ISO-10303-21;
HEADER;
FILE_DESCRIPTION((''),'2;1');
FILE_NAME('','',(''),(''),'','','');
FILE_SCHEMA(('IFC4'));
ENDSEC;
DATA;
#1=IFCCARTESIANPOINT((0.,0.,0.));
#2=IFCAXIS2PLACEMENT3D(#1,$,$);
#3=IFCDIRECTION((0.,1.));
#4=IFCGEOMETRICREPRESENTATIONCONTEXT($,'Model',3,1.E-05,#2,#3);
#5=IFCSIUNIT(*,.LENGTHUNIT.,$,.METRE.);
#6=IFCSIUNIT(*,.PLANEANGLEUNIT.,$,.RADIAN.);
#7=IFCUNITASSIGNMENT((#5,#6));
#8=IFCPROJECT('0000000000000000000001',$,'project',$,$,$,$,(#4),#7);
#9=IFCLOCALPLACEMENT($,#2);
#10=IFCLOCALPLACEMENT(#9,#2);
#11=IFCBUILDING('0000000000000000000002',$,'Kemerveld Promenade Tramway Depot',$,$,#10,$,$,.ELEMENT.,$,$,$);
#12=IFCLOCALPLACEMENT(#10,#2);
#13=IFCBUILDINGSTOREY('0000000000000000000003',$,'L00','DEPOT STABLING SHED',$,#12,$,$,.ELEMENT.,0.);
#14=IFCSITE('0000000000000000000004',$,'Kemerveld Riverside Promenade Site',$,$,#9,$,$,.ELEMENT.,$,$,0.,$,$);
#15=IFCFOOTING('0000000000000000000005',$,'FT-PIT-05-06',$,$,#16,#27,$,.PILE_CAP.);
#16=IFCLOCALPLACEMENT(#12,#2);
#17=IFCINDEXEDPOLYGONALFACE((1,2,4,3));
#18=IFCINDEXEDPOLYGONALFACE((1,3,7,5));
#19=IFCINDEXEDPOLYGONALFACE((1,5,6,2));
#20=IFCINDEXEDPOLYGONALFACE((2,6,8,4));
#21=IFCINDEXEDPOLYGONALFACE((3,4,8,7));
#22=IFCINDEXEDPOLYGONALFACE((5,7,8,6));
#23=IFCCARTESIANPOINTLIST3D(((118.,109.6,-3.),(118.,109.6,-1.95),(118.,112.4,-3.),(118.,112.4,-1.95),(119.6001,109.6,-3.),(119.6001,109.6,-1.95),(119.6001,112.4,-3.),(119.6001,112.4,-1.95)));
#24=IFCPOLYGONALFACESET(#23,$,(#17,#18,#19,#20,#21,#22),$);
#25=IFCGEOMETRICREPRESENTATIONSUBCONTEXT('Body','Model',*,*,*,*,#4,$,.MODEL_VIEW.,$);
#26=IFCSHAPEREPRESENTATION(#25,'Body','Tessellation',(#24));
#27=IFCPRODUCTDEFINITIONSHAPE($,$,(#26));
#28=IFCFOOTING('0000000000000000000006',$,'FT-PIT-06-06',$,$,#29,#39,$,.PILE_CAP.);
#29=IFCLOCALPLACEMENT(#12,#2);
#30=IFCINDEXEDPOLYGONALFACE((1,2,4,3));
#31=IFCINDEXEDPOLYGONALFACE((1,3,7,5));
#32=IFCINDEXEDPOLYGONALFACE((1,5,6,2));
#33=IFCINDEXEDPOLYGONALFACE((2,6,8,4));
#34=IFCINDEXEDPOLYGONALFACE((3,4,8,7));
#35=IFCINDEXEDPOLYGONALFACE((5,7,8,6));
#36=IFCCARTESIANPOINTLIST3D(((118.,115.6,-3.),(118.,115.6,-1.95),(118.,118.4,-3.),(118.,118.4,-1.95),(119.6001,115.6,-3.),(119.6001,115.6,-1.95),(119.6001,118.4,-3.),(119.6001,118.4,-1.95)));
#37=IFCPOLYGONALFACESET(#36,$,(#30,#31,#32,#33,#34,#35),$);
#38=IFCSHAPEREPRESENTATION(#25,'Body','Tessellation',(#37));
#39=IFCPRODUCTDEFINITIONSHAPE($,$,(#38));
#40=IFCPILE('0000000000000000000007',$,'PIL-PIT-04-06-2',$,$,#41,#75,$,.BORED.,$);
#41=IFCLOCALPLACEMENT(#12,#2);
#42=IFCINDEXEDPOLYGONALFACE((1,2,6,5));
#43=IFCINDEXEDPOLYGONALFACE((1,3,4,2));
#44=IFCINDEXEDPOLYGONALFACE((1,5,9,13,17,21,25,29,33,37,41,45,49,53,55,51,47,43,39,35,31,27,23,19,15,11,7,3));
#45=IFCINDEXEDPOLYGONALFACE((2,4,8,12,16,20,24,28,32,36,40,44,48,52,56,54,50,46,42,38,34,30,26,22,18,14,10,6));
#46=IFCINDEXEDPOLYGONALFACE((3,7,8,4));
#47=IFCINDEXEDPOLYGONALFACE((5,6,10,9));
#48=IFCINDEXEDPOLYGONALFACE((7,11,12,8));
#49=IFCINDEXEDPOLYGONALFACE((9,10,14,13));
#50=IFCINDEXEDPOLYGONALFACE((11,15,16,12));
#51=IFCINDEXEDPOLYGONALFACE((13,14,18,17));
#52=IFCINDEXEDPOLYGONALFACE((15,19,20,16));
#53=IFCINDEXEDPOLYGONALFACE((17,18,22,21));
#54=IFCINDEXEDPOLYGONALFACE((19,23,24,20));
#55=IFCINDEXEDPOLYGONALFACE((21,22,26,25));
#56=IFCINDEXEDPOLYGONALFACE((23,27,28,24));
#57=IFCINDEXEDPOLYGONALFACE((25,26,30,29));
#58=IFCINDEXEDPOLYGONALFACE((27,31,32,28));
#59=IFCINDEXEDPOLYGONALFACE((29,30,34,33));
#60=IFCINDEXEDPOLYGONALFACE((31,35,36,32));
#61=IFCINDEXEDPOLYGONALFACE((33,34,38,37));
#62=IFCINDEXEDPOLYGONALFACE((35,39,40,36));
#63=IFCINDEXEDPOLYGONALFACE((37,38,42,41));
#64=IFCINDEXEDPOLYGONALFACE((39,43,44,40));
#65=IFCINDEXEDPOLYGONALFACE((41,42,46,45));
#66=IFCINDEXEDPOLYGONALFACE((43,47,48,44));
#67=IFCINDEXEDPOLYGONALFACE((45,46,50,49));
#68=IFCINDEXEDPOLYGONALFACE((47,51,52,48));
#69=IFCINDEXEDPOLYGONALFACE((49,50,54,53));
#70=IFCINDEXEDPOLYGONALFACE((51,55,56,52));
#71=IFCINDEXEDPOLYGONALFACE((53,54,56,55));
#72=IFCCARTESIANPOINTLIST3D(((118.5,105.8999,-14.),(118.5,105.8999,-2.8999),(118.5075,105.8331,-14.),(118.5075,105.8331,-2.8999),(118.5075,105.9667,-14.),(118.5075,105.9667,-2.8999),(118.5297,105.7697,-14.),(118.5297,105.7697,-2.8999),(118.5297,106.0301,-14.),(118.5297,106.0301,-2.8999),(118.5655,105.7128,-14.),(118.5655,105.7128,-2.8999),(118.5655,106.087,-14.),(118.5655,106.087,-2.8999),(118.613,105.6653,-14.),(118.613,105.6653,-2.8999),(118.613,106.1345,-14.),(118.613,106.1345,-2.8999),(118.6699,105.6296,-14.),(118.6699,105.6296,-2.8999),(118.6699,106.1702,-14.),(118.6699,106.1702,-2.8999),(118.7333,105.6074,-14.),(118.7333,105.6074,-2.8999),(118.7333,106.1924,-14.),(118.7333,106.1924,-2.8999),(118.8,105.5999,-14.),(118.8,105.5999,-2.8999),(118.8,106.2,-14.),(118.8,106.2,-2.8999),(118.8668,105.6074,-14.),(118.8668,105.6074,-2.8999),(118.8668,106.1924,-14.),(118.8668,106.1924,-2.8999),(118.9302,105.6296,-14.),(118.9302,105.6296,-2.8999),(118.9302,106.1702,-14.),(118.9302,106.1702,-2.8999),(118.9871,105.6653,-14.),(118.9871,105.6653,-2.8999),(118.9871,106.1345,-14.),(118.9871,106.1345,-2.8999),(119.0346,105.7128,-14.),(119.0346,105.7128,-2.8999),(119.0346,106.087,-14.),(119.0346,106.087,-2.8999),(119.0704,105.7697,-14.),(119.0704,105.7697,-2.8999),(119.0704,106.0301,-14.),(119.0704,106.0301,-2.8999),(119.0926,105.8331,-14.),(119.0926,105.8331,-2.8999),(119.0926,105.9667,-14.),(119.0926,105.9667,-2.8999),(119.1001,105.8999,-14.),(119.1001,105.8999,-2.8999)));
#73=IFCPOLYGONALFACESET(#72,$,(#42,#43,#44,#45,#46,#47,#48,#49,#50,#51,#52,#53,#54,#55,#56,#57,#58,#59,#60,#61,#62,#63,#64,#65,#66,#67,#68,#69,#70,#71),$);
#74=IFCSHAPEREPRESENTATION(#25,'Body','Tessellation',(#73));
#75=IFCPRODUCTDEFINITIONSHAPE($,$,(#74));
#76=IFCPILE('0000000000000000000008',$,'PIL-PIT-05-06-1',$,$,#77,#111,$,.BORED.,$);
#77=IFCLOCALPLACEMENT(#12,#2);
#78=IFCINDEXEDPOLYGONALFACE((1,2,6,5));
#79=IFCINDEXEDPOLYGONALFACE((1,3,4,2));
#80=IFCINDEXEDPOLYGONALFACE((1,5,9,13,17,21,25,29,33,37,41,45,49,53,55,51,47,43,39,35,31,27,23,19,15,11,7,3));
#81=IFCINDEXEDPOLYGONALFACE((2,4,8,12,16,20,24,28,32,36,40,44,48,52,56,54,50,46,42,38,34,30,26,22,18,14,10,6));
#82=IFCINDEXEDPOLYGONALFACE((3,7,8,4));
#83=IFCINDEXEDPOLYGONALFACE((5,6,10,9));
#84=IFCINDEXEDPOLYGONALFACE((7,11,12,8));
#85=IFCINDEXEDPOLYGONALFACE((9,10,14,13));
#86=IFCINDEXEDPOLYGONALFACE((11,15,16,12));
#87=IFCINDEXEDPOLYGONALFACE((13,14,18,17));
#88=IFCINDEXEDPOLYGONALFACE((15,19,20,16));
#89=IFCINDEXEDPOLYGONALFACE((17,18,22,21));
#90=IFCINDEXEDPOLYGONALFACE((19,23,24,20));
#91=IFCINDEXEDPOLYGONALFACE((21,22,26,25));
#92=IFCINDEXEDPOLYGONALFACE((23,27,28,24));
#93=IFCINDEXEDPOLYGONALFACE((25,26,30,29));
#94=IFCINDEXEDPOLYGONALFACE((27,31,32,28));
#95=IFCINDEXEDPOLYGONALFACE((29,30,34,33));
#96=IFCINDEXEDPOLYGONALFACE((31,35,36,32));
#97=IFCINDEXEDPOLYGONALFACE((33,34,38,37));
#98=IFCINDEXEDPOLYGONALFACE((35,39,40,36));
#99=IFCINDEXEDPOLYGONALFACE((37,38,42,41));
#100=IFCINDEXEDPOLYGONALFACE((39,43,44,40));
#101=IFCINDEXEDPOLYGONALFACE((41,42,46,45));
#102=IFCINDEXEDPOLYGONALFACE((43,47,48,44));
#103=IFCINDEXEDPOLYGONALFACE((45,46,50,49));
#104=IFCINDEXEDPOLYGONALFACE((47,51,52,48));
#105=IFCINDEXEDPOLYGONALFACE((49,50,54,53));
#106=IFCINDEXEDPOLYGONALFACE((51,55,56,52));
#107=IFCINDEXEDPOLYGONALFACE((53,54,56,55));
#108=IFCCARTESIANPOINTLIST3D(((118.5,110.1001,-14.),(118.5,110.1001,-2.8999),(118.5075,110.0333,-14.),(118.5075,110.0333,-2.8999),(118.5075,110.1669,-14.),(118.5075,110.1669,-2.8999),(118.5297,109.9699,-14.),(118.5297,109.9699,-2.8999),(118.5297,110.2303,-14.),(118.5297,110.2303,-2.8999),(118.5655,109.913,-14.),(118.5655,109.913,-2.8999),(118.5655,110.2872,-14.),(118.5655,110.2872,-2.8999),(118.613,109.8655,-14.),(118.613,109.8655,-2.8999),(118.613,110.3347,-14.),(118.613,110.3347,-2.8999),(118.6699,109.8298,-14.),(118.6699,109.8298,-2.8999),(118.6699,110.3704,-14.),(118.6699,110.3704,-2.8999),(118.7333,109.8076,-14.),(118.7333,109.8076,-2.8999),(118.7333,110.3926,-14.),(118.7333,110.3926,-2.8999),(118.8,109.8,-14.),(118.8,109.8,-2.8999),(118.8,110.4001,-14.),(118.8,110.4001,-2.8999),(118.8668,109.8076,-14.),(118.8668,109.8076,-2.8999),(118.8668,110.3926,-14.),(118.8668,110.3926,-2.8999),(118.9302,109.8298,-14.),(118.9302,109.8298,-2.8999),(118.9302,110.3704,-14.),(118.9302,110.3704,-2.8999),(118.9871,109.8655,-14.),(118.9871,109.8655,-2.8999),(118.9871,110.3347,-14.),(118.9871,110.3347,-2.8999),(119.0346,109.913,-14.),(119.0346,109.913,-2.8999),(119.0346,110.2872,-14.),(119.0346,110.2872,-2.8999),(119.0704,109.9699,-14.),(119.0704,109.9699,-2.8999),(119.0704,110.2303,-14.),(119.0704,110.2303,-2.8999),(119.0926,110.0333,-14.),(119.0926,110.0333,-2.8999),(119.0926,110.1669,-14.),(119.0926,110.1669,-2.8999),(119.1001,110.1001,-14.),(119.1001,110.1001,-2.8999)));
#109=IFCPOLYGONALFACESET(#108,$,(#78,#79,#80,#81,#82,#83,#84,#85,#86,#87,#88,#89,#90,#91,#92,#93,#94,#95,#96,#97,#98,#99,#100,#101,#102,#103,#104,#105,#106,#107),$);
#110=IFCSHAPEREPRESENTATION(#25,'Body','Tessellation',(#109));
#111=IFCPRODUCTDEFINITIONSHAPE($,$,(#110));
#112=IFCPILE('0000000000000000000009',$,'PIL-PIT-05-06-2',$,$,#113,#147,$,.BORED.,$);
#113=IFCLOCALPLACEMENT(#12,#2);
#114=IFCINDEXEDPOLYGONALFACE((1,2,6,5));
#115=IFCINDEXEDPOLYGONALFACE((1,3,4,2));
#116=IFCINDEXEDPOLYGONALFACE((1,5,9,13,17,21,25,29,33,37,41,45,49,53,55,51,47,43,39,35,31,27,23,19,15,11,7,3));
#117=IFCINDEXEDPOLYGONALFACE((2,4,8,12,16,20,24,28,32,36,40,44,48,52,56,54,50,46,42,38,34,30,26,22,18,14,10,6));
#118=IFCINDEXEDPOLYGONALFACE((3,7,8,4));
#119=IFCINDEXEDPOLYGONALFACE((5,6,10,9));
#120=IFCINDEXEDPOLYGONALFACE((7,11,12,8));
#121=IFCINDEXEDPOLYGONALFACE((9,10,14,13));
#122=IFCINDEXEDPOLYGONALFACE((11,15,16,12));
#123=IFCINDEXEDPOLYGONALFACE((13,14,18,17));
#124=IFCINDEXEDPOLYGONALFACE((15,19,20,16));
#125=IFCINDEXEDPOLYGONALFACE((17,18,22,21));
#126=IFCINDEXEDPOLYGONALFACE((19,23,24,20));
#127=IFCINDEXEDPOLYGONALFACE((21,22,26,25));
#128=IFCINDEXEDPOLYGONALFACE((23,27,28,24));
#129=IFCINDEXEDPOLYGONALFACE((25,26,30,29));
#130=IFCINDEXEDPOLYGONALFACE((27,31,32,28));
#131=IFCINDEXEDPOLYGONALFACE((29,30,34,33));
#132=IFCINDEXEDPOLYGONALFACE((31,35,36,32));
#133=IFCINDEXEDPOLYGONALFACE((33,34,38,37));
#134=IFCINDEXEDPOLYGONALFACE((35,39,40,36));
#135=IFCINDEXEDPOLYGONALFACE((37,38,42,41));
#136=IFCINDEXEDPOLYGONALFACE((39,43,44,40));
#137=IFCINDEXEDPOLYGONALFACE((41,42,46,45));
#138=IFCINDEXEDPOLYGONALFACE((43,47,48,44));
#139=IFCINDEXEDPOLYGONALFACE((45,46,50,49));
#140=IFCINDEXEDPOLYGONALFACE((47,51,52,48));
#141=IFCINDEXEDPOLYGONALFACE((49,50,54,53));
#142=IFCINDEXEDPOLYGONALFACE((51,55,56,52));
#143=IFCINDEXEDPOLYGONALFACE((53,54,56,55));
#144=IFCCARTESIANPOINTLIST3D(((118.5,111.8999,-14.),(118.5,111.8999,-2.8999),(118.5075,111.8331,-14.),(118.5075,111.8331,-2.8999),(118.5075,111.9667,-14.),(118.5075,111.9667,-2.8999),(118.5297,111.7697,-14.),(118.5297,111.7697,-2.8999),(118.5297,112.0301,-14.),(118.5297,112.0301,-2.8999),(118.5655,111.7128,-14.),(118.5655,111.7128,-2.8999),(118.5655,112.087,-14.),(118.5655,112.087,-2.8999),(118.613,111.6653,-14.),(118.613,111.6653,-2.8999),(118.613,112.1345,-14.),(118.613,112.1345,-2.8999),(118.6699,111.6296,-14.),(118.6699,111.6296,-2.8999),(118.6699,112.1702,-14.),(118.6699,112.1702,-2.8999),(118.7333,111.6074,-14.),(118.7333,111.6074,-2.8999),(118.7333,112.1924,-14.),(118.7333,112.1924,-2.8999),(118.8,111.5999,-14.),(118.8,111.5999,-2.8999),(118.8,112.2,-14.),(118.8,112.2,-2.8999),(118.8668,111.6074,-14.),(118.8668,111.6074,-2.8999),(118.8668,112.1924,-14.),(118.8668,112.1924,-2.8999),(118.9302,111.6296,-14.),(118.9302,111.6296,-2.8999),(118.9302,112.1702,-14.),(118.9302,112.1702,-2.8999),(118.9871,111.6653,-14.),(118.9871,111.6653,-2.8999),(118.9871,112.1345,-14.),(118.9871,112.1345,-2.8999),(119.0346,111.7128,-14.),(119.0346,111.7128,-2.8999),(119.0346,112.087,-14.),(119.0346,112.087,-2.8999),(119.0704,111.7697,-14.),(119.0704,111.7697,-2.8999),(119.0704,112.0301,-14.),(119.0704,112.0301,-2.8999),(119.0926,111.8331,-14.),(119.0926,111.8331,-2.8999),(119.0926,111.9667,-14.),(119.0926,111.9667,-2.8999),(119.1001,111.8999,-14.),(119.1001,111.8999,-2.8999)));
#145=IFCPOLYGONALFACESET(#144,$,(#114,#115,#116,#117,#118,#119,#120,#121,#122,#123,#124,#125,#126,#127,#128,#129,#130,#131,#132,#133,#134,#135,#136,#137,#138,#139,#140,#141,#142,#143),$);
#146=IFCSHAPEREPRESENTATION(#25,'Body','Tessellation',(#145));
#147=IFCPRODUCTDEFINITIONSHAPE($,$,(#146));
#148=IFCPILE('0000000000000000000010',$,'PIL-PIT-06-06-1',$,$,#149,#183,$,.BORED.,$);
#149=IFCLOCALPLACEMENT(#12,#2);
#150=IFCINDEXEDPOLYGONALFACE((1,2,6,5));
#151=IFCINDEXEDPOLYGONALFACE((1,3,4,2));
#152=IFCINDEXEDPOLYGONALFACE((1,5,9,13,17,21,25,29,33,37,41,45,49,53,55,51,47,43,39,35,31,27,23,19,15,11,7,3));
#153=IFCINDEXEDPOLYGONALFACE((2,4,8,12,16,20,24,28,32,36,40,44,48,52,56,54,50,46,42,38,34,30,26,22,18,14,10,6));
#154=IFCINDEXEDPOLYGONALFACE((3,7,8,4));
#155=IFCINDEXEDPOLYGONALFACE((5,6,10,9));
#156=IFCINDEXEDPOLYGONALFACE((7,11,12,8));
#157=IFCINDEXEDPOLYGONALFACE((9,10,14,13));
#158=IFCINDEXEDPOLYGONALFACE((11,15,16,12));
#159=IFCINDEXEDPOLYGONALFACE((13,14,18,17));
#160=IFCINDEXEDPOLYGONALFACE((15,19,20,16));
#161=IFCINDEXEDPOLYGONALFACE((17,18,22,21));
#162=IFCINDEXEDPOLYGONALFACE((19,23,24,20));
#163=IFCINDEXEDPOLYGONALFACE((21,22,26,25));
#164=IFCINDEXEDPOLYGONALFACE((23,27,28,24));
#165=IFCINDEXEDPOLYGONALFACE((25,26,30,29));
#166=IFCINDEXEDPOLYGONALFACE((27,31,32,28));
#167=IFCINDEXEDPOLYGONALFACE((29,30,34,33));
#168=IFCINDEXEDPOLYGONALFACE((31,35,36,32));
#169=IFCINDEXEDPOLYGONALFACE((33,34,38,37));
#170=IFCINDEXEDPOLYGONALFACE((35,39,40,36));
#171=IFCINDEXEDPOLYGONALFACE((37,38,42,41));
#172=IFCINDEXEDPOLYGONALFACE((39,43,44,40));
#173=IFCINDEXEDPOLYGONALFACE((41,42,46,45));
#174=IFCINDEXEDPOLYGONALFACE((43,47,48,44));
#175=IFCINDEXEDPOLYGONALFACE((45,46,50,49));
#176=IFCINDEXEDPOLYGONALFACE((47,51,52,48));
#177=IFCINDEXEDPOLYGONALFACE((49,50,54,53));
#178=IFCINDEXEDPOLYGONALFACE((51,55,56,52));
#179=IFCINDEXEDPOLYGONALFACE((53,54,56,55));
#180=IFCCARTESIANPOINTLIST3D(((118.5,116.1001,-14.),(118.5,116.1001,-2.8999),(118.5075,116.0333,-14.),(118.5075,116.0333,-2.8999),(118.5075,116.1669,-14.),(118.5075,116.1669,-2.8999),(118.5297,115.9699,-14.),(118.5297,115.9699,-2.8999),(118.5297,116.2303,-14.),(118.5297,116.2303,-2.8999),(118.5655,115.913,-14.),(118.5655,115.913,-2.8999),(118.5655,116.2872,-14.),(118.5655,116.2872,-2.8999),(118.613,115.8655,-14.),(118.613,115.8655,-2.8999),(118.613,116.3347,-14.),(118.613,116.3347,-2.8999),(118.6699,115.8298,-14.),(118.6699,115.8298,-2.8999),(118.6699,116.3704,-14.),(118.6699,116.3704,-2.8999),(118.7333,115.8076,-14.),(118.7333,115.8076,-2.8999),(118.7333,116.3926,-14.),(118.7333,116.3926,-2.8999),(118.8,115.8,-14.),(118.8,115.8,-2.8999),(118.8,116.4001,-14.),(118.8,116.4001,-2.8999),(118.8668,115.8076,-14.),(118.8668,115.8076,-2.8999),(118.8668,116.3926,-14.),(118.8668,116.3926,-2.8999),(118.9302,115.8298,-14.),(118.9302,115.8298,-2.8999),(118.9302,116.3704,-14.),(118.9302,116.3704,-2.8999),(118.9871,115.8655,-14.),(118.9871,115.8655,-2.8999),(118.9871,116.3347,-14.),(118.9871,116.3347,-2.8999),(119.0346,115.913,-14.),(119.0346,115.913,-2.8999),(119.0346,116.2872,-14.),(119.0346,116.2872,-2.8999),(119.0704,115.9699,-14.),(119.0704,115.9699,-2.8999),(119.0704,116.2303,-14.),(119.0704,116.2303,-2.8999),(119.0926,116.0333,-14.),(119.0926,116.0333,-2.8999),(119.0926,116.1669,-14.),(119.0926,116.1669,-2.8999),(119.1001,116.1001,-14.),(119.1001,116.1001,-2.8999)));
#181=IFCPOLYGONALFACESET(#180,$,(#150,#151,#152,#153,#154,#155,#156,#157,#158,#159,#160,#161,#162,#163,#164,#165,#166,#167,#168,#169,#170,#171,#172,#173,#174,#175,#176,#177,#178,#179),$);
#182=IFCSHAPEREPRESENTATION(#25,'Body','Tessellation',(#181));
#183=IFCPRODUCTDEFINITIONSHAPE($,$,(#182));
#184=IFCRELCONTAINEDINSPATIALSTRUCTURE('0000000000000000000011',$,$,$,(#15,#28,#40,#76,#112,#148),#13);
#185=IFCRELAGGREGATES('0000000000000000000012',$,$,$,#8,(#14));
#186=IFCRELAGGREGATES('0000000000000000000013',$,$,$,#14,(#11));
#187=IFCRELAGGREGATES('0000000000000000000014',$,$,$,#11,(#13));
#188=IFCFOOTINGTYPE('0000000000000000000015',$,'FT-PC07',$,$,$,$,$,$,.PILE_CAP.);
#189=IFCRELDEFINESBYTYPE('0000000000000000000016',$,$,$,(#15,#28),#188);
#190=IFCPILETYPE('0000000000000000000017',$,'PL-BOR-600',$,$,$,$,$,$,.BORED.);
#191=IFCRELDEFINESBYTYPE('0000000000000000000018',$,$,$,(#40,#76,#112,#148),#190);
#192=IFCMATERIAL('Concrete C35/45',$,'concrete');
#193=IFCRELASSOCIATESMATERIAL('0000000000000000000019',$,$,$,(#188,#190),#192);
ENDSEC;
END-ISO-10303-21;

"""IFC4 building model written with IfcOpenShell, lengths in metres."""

from ifc_helpers import new_model, si_unit, direction, frame, origin, origin_2d, place, context, subcontext, project, spatial, rectangle, circle, extrude, material, material_profile, profile_set, type_object, element, save


model = new_model("IFC4")

# Units and contexts
model_context = context("Model", 3, precision=1e-05, world=origin(), true_north=direction((0.0, 1.0)))
body_context = subcontext(model_context, "Body", "Model", "MODEL_VIEW")
ifc_project = project(units=[si_unit("LENGTHUNIT", "METRE"), si_unit("PLANEANGLEUNIT", "RADIAN")], contexts=[model_context])

# Site, building, storey
site_placement = place(None, origin())
site = spatial("IfcSite", under=ifc_project, at=site_placement, Name="Kemerveld Riverside Promenade Site", CompositionType="ELEMENT", RefElevation=0.0)
building_placement = place(site_placement, origin())
building = spatial("IfcBuilding", under=site, at=building_placement, Name="Kemerveld Promenade Tramway Depot", CompositionType="ELEMENT")
storey_placement = place(building_placement, origin())
storey = spatial("IfcBuildingStorey", under=building, at=storey_placement, Name="L00", Description="DEPOT STABLING SHED", CompositionType="ELEMENT", Elevation=0.0)

# Footings
ifc_material_1 = material(Name="Concrete C35/45", Category="concrete")
footing_type = type_object("IfcFootingType", Name="FT-PC07", PredefinedType="PILE_CAP", material=ifc_material_1)
for number, where, z_axis, x_axis, name in (
    (1, (118.8, 111.0, -3.0), (0.0, 0.0, 1.0), (1.0, 0.0, 0.0), "FT-PIT-05-06"),
    (2, (118.8, 117.0, -3.0), (0.0, 0.0, 1.0), (1.0, 0.0, 0.0), "FT-PIT-06-06"),
):
    element("IfcFooting", number, at=place(storey_placement, frame(where, z_axis=z_axis, x_axis=x_axis)), inside=storey, type_object=footing_type, Name=name, PredefinedType="PILE_CAP", context=body_context, shape_type="SweptSolid", body=[
        extrude(rectangle(XDim=1.6001, YDim=2.8, at=origin_2d()), origin(), (0.0, 0.0, 1.0), 1.05),
    ])

# Piles
ifc_material_profile_1 = material_profile(ifc_material_1, circle(Radius=0.3, at=origin_2d()), Name="PILE-D600")
ifc_profile_set_1 = profile_set([ifc_material_profile_1], Name="Concrete C35/45")
pile_type = type_object("IfcPileType", Name="PL-BOR-600", PredefinedType="BORED", material=ifc_profile_set_1)
for number, where, z_axis, x_axis, name in (
    (3, (118.8, 105.8999, -2.8999), (0.0, 0.0, -1.0), (1.0, 0.0, 0.0), "PIL-PIT-04-06-2"),
    (4, (118.8, 110.1001, -2.8999), (0.0, 0.0, -1.0), (1.0, 0.0, 0.0), "PIL-PIT-05-06-1"),
    (5, (118.8, 111.8999, -2.8999), (0.0, 0.0, -1.0), (1.0, 0.0, 0.0), "PIL-PIT-05-06-2"),
    (6, (118.8, 116.1001, -2.8999), (0.0, 0.0, -1.0), (1.0, 0.0, 0.0), "PIL-PIT-06-06-1"),
):
    element("IfcPile", number, at=place(storey_placement, frame(where, z_axis=z_axis, x_axis=x_axis)), inside=storey, type_object=pile_type, Name=name, PredefinedType="BORED", context=body_context, shape_type="SweptSolid", body=[
        extrude(circle(Radius=0.3, at=origin_2d()), origin(), (0.0, 0.0, 1.0), 11.1001),
    ])

save(model, "model.ifc")
